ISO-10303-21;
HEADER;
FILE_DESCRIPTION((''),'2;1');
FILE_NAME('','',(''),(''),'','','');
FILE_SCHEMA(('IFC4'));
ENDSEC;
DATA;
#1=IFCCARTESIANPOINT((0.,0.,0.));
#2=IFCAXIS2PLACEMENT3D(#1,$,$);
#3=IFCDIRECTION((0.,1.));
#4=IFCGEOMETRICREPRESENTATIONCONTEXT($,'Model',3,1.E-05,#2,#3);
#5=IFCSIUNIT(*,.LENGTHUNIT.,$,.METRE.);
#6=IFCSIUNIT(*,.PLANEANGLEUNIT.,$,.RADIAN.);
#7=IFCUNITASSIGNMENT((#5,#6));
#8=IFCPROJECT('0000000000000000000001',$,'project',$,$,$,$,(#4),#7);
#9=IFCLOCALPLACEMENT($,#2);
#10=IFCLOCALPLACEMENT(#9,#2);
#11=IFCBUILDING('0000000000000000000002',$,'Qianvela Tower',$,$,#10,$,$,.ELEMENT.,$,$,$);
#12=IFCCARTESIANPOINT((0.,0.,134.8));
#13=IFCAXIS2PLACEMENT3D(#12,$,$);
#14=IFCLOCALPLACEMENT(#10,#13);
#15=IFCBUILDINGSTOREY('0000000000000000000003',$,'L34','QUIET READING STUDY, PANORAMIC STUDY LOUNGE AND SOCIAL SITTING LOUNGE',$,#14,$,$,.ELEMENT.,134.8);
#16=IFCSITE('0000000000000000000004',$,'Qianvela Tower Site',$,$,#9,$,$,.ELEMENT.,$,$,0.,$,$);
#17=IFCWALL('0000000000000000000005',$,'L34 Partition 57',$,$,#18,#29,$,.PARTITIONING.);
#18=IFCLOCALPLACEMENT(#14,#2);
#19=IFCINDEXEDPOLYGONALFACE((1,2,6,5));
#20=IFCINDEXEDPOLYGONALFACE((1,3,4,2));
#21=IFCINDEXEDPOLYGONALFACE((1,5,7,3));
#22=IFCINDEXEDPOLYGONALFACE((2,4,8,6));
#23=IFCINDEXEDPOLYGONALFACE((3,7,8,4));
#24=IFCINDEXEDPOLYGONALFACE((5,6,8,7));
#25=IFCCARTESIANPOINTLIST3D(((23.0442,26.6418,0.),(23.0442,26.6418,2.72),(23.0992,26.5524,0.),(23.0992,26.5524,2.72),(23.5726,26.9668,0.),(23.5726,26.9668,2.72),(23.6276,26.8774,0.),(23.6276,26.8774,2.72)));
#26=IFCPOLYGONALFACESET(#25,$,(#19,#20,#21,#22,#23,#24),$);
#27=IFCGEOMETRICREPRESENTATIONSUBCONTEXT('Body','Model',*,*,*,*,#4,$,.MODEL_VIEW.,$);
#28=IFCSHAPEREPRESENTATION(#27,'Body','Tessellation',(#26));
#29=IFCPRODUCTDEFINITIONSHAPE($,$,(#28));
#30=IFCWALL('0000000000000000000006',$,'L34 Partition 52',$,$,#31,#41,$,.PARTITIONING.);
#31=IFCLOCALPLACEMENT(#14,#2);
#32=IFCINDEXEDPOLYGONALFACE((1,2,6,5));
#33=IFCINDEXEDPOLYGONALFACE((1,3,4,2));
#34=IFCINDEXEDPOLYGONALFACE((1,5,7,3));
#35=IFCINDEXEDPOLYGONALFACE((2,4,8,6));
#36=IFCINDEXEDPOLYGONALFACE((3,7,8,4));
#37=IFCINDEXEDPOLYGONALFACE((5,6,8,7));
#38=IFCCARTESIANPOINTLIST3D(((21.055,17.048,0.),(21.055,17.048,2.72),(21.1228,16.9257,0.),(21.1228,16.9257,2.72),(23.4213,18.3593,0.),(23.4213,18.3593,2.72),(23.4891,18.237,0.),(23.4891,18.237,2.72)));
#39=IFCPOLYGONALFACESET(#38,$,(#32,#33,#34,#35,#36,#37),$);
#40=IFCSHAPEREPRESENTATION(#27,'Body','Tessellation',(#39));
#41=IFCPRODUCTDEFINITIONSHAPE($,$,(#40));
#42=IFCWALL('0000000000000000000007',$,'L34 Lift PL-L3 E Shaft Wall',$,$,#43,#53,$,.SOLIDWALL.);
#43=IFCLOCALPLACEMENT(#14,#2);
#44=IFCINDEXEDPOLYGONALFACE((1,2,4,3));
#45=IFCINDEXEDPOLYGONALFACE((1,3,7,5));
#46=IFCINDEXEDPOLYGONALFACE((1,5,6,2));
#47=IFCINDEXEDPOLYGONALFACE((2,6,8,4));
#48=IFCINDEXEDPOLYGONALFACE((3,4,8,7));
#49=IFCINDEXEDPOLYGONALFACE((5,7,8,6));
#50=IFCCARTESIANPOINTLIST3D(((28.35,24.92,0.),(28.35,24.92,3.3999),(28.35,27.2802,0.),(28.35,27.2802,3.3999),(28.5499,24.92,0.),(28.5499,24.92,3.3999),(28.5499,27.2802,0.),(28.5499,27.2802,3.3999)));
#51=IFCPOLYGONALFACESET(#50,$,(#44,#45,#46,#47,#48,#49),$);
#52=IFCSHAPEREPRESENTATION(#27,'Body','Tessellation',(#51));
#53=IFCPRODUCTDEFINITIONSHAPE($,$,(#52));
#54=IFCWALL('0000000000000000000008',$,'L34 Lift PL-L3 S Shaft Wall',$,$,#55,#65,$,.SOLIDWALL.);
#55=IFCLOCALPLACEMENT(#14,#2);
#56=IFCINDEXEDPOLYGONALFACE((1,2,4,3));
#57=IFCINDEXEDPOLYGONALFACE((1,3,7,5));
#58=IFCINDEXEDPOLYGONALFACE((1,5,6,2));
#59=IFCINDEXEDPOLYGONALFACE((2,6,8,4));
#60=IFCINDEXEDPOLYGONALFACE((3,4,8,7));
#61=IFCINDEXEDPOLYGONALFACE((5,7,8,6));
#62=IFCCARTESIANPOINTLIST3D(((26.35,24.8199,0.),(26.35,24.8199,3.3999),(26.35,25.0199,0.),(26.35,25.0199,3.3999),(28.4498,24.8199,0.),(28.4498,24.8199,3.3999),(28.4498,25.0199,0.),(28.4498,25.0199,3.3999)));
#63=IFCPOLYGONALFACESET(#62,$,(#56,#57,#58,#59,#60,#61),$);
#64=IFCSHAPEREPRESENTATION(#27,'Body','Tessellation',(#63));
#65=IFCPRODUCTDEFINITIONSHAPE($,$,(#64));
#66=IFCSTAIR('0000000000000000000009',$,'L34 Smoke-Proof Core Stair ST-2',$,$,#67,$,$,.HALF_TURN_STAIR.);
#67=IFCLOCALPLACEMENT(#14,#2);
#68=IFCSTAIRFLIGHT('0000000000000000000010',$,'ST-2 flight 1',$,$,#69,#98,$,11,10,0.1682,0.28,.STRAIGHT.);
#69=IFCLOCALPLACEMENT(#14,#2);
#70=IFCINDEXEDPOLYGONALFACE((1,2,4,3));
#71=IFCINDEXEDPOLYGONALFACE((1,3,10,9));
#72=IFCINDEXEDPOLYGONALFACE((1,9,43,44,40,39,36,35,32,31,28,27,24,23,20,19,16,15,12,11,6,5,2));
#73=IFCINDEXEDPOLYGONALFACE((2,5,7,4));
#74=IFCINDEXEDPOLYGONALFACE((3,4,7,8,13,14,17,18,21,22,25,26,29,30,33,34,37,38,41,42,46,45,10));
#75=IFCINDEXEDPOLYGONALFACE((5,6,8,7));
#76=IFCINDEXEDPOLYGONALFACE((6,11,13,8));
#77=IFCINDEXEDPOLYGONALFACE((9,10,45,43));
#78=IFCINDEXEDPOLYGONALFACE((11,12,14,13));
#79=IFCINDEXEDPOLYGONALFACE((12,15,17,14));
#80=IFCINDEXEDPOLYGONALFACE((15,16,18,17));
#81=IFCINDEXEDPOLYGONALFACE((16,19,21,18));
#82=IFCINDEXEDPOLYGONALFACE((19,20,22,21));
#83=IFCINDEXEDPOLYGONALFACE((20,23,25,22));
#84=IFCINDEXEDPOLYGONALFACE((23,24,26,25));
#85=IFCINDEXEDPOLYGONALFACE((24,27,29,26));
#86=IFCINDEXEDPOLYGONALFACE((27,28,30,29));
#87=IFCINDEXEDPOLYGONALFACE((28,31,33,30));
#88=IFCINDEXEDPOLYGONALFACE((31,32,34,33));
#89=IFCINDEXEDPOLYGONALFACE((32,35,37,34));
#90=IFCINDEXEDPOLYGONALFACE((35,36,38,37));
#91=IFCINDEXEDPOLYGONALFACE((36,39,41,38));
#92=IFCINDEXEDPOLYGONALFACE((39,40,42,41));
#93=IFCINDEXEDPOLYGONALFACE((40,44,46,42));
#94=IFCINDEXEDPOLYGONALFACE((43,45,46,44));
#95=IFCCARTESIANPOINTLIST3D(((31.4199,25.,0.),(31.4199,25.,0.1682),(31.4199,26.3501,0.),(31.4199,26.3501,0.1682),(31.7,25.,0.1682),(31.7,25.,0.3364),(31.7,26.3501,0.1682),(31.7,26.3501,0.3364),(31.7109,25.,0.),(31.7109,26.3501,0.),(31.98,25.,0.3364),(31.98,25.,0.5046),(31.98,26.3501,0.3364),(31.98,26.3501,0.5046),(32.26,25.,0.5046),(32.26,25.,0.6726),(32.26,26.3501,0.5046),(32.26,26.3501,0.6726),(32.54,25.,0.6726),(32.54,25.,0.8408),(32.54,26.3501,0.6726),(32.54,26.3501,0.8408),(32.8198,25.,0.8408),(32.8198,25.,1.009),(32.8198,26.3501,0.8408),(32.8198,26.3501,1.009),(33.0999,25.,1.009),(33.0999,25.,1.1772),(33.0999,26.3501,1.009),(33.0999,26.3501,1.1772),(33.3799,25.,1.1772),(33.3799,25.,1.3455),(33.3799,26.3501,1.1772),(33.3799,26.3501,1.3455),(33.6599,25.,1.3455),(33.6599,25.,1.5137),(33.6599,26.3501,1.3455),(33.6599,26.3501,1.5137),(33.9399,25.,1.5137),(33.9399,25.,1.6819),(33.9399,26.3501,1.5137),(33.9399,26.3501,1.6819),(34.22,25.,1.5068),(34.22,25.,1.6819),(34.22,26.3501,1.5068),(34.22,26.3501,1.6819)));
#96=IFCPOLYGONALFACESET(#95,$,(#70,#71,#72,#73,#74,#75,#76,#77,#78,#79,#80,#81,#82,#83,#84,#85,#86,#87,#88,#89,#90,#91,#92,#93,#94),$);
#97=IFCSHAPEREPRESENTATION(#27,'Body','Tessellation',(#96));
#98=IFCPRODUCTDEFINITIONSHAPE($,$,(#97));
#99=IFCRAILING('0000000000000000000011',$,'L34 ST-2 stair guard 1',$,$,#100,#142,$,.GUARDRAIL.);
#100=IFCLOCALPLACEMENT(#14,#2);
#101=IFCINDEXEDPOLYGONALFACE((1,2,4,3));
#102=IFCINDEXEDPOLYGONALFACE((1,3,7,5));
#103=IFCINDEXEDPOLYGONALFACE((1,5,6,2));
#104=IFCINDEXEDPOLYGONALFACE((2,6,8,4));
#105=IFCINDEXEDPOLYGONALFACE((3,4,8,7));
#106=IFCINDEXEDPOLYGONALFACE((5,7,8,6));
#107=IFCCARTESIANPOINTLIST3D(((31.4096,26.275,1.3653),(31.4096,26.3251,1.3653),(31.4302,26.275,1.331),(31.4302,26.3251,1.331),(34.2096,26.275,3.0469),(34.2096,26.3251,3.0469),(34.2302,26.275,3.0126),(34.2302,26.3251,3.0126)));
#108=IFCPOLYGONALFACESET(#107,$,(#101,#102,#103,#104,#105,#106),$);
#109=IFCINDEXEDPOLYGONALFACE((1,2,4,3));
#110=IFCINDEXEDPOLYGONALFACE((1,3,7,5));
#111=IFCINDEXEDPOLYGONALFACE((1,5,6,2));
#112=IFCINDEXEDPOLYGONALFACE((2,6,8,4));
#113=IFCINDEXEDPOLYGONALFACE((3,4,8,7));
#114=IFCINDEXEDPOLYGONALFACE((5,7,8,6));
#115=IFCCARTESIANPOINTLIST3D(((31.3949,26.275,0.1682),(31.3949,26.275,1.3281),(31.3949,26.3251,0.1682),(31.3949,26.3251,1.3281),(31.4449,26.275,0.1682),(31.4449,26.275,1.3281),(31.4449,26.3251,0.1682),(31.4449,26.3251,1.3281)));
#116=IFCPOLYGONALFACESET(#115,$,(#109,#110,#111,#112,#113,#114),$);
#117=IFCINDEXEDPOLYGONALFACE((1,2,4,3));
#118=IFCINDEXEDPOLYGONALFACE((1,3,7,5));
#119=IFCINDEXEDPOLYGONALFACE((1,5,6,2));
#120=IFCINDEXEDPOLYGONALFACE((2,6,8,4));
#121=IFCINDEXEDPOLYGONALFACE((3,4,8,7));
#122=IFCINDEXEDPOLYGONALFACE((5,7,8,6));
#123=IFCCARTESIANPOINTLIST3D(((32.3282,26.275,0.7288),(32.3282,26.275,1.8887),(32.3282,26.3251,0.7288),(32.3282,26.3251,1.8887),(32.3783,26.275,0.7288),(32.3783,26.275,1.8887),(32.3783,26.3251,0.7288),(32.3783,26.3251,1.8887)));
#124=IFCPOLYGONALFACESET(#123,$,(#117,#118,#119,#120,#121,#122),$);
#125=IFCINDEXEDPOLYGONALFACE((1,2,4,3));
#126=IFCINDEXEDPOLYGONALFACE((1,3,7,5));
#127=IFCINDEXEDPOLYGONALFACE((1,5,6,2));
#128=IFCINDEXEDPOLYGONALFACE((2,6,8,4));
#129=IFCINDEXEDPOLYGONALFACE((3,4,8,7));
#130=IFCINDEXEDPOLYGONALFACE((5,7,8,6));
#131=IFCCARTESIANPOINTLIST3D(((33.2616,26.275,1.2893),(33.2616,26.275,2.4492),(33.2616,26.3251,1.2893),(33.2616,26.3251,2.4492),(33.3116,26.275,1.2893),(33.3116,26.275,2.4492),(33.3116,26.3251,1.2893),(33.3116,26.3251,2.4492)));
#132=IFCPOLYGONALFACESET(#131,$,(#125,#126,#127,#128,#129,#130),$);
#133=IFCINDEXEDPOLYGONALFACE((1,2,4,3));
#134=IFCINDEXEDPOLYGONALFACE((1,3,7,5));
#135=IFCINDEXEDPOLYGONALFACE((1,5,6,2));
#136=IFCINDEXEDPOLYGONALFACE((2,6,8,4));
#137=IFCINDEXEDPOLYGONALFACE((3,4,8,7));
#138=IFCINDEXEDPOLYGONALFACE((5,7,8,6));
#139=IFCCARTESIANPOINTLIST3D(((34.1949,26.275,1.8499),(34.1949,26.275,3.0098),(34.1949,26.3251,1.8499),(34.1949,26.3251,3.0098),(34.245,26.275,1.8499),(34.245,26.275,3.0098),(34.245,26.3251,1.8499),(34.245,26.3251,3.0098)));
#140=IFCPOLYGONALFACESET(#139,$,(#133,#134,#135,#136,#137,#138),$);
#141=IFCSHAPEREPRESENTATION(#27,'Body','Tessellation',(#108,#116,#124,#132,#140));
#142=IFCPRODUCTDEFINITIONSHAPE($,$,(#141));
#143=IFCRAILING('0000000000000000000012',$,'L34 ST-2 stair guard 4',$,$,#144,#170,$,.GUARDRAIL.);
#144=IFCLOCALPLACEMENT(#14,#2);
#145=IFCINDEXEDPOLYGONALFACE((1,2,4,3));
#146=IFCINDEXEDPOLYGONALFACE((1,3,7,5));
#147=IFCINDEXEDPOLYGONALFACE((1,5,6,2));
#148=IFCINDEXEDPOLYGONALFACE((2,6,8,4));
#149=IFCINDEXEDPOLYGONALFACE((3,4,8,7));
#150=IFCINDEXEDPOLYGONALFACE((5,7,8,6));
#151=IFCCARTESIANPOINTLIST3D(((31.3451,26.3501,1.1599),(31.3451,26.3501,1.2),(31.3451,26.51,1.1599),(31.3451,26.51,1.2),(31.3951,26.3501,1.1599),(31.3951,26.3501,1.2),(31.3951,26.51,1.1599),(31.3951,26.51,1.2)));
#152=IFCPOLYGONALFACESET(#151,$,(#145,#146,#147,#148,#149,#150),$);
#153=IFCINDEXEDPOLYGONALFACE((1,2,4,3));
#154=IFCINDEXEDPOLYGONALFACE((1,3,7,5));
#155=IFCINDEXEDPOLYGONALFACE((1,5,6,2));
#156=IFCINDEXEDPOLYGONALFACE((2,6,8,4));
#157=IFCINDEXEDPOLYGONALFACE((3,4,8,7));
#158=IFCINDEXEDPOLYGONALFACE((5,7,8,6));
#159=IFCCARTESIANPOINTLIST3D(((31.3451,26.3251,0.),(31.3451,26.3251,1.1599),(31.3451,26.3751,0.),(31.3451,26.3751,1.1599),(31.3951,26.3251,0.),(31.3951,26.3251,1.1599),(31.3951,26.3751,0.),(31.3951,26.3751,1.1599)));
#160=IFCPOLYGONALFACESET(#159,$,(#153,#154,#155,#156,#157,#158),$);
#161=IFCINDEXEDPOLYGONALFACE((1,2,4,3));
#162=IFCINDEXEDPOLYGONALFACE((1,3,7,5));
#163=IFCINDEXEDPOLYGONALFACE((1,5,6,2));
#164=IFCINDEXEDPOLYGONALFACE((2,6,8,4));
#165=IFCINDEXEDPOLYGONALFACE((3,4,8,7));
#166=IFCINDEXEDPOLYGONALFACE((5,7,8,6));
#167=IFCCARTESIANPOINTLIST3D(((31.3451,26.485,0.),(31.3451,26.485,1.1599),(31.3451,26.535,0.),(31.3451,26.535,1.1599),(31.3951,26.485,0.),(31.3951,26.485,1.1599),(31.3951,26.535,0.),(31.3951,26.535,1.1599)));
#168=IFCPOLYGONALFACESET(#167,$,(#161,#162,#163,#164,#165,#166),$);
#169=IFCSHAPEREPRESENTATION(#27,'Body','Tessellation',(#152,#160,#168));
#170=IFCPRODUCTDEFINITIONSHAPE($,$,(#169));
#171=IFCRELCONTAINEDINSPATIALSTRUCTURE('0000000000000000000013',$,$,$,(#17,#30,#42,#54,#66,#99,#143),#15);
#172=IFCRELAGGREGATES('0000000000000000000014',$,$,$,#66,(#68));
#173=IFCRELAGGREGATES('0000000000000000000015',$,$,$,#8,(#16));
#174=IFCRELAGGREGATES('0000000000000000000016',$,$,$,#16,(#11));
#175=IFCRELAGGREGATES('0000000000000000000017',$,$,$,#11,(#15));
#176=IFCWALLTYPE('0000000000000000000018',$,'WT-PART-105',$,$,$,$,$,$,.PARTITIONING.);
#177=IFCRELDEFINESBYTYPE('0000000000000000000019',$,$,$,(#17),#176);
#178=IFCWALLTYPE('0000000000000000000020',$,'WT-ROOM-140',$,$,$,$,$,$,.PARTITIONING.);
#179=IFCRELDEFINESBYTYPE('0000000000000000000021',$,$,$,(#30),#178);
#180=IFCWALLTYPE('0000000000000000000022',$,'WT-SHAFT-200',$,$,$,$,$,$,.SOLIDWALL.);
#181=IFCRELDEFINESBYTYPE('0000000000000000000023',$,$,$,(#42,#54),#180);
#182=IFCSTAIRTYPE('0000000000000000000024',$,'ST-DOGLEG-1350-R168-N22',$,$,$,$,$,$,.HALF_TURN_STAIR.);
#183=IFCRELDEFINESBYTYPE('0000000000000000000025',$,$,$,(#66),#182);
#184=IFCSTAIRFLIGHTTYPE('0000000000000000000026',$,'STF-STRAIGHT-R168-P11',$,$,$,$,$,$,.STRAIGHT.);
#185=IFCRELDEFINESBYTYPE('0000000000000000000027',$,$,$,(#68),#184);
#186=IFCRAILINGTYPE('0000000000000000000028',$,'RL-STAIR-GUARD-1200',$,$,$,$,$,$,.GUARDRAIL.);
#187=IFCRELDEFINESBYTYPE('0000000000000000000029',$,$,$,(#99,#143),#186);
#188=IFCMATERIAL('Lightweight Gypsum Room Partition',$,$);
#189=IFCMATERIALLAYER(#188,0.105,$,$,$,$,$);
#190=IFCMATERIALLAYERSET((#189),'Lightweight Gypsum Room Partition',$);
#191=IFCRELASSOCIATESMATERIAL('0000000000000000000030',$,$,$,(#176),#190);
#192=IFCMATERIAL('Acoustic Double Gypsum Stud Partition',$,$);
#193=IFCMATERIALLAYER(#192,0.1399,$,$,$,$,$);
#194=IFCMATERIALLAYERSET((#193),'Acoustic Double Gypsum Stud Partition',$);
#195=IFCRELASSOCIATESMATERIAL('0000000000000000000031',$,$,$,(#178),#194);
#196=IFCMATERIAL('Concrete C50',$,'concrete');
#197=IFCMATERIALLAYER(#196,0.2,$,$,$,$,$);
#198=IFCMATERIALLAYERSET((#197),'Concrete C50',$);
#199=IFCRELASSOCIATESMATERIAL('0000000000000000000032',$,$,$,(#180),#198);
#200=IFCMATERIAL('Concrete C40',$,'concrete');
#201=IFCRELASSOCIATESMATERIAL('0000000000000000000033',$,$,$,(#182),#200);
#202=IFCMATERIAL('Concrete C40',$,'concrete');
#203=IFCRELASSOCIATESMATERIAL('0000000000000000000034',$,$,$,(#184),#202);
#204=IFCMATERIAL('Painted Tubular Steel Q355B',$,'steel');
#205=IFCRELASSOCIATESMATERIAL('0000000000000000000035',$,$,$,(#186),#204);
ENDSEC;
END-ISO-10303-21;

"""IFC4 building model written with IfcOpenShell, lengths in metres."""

from ifc_helpers import new_model, si_unit, direction, frame, frame_2d, origin, origin_2d, place, context, subcontext, project, spatial, polyline, rectangle, outline, extrude, material, layer, layer_set, type_object, element, aggregate, save


model = new_model("IFC4")

# Units and contexts
model_context = context("Model", 3, precision=1e-05, world=origin(), true_north=direction((0.0, 1.0)))
body_context = subcontext(model_context, "Body", "Model", "MODEL_VIEW")
ifc_project = project(units=[si_unit("LENGTHUNIT", "METRE"), si_unit("PLANEANGLEUNIT", "RADIAN")], contexts=[model_context])

# Site, building, storey
site_placement = place(None, origin())
site = spatial("IfcSite", under=ifc_project, at=site_placement, Name="Qianvela Tower Site", CompositionType="ELEMENT", RefElevation=0.0)
building_placement = place(site_placement, origin())
building = spatial("IfcBuilding", under=site, at=building_placement, Name="Qianvela Tower", CompositionType="ELEMENT")
storey_placement = place(building_placement, frame((0.0, 0.0, 134.8)))
storey = spatial("IfcBuildingStorey", under=building, at=storey_placement, Name="L34", Description="QUIET READING STUDY, PANORAMIC STUDY LOUNGE AND SOCIAL SITTING LOUNGE", CompositionType="ELEMENT", Elevation=134.8)

# Walls
ifc_material_1 = material(Name="Lightweight Gypsum Room Partition")
ifc_layer_1 = layer(ifc_material_1, 0.105)
ifc_layer_set_1 = layer_set([ifc_layer_1], Name="Lightweight Gypsum Room Partition")
wall_type_1 = type_object("IfcWallType", Name="WT-PART-105", PredefinedType="PARTITIONING", material=ifc_layer_set_1)
wall_1_placement = place(storey_placement, frame((23.0718, 26.5972, 0.0), z_axis=(0.0, 0.0, 1.0), x_axis=(0.85178, 0.5239, 0.0)))
element("IfcWall", 1, at=wall_1_placement, inside=storey, type_object=wall_type_1, Name="L34 Partition 57", PredefinedType="PARTITIONING", context=body_context, shape_type="SweptSolid", body=[
    extrude(rectangle(XDim=0.6204, YDim=0.105, at=frame_2d((0.3101, 0.0))), origin(), (0.0, 0.0, 1.0), 2.72),
])
ifc_material_2 = material(Name="Acoustic Double Gypsum Stud Partition")
ifc_layer_2 = layer(ifc_material_2, 0.1399)
ifc_layer_set_2 = layer_set([ifc_layer_2], Name="Acoustic Double Gypsum Stud Partition")
wall_type_2 = type_object("IfcWallType", Name="WT-ROOM-140", PredefinedType="PARTITIONING", material=ifc_layer_set_2)
wall_2_placement = place(storey_placement, frame((23.4551, 18.2981, 0.0), z_axis=(0.0, 0.0, 1.0), x_axis=(-0.874672, -0.484715, 0.0)))
element("IfcWall", 2, at=wall_2_placement, inside=storey, type_object=wall_type_2, Name="L34 Partition 52", PredefinedType="PARTITIONING", context=body_context, shape_type="SweptSolid", body=[
    extrude(rectangle(XDim=2.7053, YDim=0.1399, at=frame_2d((1.3525, 0.0))), origin(), (0.0, 0.0, 1.0), 2.72),
])
ifc_material_3 = material(Name="Concrete C50", Category="concrete")
ifc_layer_3 = layer(ifc_material_3, 0.2)
ifc_layer_set_3 = layer_set([ifc_layer_3], Name="Concrete C50")
wall_type_3 = type_object("IfcWallType", Name="WT-SHAFT-200", PredefinedType="SOLIDWALL", material=ifc_layer_set_3)
wall_3_placement = place(storey_placement, frame((28.45, 24.9199, 0.0), z_axis=(0.0, 0.0, 1.0), x_axis=(0.0, 1.0, 0.0)))
element("IfcWall", 3, at=wall_3_placement, inside=storey, type_object=wall_type_3, Name="L34 Lift PL-L3 E Shaft Wall", PredefinedType="SOLIDWALL", context=body_context, shape_type="SweptSolid", body=[
    extrude(rectangle(XDim=2.3601, YDim=0.2, at=frame_2d((1.1802, 0.0))), origin(), (0.0, 0.0, 1.0), 3.3999),
])

# Wall
wall_4_placement = place(storey_placement, frame((26.3501, 24.9199, 0.0), z_axis=(0.0, 0.0, 1.0), x_axis=(1.0, 0.0, 0.0)))
element("IfcWall", 4, at=wall_4_placement, inside=storey, type_object=wall_type_3, Name="L34 Lift PL-L3 S Shaft Wall", PredefinedType="SOLIDWALL", context=body_context, shape_type="SweptSolid", body=[
    extrude(rectangle(XDim=2.0999, YDim=0.2, at=frame_2d((1.0498, 0.0))), origin(), (0.0, 0.0, 1.0), 3.3999),
])

# Stair, stair flight
ifc_material_4 = material(Name="Concrete C40", Category="concrete")
stair_type = type_object("IfcStairType", Name="ST-DOGLEG-1350-R168-N22", PredefinedType="HALF_TURN_STAIR", material=ifc_material_4)
stair_placement = place(storey_placement, origin())
stair = element("IfcStair", 5, at=stair_placement, inside=storey, type_object=stair_type, Name="L34 Smoke-Proof Core Stair ST-2", PredefinedType="HALF_TURN_STAIR")
ifc_material_5 = material(Name="Concrete C40", Category="concrete")
stair_flight_type = type_object("IfcStairFlightType", Name="STF-STRAIGHT-R168-P11", PredefinedType="STRAIGHT", material=ifc_material_5)
stair_flight_placement = place(storey_placement, frame((31.4199, 25.675, 0.0), z_axis=(0.0, 0.0, 1.0), x_axis=(1.0, 0.0, 0.0)))
stair_flight = element("IfcStairFlight", 6, at=stair_flight_placement, type_object=stair_flight_type, Name="ST-2 flight 1", NumberOfRisers=11, NumberOfTreads=10, PredefinedType="STRAIGHT", RiserHeight=0.1682, TreadLength=0.28, context=body_context, shape_type="SweptSolid", body=[
    extrude(outline(polyline([(0.0, 0.0), (0.0, 0.1682), (0.28, 0.1682), (0.28, 0.3364), (0.5601, 0.3364), (0.5601, 0.5046), (0.8401, 0.5046), (0.8401, 0.6726), (1.1201, 0.6726), (1.1201, 0.8408), (1.3999, 0.8408), (1.3999, 1.009), (1.6799, 1.009), (1.6799, 1.1772), (1.96, 1.1772), (1.96, 1.3455), (2.24, 1.3455), (2.24, 1.5137), (2.52, 1.5137), (2.52, 1.6819), (2.8, 1.6819), (2.8, 1.8501), (2.8, 1.5068), (0.291, 0.0), (0.0, 0.0)])), frame((0.0, 0.675, 0.0), z_axis=(0.0, -1.0, 0.0), x_axis=(1.0, 0.0, 0.0)), (0.0, 0.0, 1.0), 1.3501),
])
aggregate(stair, [stair_flight])

# Railings
ifc_material_6 = material(Name="Painted Tubular Steel Q355B", Category="steel")
railing_type_1 = type_object("IfcRailingType", Name="RL-STAIR-GUARD-1200", PredefinedType="GUARDRAIL", material=ifc_material_6)
railing_1_placement = place(storey_placement, frame((31.4199, 26.3, 0.1682)))
element("IfcRailing", 7, at=railing_1_placement, inside=storey, type_object=railing_type_1, Name="L34 ST-2 stair guard 1", PredefinedType="GUARDRAIL", context=body_context, shape_type="SweptSolid", body=[
    extrude(rectangle(XDim=0.05, YDim=0.04, at=origin_2d()), frame((0.0, 0.0, 1.1799), z_axis=(0.857275, 0.0, 0.514858), x_axis=(0.0, 1.0, 0.0)), (0.0, 0.0, 1.0), 3.2661),
    extrude(rectangle(XDim=0.05, YDim=0.05, at=origin_2d()), origin(), (0.0, 0.0, 1.0), 1.1599),
    extrude(rectangle(XDim=0.05, YDim=0.05, at=origin_2d()), frame((0.9333, 0.0, 0.5605)), (0.0, 0.0, 1.0), 1.1599),
    extrude(rectangle(XDim=0.05, YDim=0.05, at=origin_2d()), frame((1.8667, 0.0, 1.1211)), (0.0, 0.0, 1.0), 1.1599),
    extrude(rectangle(XDim=0.05, YDim=0.05, at=origin_2d()), frame((2.8, 0.0, 1.6816)), (0.0, 0.0, 1.0), 1.1599),
])
railing_2_placement = place(storey_placement, frame((31.3701, 26.3501, 0.0)))
element("IfcRailing", 8, at=railing_2_placement, inside=storey, type_object=railing_type_1, Name="L34 ST-2 stair guard 4", PredefinedType="GUARDRAIL", context=body_context, shape_type="SweptSolid", body=[
    extrude(rectangle(XDim=0.05, YDim=0.04, at=origin_2d()), frame((0.0, 0.0, 1.1799), z_axis=(0.0, 1.0, 0.0), x_axis=(-1.0, 0.0, 0.0)), (0.0, 0.0, 1.0), 0.1599),
    extrude(rectangle(XDim=0.05, YDim=0.05, at=origin_2d()), origin(), (0.0, 0.0, 1.0), 1.1599),
    extrude(rectangle(XDim=0.05, YDim=0.05, at=origin_2d()), frame((0.0, 0.1599, 0.0)), (0.0, 0.0, 1.0), 1.1599),
])

save(model, "model.ifc")
